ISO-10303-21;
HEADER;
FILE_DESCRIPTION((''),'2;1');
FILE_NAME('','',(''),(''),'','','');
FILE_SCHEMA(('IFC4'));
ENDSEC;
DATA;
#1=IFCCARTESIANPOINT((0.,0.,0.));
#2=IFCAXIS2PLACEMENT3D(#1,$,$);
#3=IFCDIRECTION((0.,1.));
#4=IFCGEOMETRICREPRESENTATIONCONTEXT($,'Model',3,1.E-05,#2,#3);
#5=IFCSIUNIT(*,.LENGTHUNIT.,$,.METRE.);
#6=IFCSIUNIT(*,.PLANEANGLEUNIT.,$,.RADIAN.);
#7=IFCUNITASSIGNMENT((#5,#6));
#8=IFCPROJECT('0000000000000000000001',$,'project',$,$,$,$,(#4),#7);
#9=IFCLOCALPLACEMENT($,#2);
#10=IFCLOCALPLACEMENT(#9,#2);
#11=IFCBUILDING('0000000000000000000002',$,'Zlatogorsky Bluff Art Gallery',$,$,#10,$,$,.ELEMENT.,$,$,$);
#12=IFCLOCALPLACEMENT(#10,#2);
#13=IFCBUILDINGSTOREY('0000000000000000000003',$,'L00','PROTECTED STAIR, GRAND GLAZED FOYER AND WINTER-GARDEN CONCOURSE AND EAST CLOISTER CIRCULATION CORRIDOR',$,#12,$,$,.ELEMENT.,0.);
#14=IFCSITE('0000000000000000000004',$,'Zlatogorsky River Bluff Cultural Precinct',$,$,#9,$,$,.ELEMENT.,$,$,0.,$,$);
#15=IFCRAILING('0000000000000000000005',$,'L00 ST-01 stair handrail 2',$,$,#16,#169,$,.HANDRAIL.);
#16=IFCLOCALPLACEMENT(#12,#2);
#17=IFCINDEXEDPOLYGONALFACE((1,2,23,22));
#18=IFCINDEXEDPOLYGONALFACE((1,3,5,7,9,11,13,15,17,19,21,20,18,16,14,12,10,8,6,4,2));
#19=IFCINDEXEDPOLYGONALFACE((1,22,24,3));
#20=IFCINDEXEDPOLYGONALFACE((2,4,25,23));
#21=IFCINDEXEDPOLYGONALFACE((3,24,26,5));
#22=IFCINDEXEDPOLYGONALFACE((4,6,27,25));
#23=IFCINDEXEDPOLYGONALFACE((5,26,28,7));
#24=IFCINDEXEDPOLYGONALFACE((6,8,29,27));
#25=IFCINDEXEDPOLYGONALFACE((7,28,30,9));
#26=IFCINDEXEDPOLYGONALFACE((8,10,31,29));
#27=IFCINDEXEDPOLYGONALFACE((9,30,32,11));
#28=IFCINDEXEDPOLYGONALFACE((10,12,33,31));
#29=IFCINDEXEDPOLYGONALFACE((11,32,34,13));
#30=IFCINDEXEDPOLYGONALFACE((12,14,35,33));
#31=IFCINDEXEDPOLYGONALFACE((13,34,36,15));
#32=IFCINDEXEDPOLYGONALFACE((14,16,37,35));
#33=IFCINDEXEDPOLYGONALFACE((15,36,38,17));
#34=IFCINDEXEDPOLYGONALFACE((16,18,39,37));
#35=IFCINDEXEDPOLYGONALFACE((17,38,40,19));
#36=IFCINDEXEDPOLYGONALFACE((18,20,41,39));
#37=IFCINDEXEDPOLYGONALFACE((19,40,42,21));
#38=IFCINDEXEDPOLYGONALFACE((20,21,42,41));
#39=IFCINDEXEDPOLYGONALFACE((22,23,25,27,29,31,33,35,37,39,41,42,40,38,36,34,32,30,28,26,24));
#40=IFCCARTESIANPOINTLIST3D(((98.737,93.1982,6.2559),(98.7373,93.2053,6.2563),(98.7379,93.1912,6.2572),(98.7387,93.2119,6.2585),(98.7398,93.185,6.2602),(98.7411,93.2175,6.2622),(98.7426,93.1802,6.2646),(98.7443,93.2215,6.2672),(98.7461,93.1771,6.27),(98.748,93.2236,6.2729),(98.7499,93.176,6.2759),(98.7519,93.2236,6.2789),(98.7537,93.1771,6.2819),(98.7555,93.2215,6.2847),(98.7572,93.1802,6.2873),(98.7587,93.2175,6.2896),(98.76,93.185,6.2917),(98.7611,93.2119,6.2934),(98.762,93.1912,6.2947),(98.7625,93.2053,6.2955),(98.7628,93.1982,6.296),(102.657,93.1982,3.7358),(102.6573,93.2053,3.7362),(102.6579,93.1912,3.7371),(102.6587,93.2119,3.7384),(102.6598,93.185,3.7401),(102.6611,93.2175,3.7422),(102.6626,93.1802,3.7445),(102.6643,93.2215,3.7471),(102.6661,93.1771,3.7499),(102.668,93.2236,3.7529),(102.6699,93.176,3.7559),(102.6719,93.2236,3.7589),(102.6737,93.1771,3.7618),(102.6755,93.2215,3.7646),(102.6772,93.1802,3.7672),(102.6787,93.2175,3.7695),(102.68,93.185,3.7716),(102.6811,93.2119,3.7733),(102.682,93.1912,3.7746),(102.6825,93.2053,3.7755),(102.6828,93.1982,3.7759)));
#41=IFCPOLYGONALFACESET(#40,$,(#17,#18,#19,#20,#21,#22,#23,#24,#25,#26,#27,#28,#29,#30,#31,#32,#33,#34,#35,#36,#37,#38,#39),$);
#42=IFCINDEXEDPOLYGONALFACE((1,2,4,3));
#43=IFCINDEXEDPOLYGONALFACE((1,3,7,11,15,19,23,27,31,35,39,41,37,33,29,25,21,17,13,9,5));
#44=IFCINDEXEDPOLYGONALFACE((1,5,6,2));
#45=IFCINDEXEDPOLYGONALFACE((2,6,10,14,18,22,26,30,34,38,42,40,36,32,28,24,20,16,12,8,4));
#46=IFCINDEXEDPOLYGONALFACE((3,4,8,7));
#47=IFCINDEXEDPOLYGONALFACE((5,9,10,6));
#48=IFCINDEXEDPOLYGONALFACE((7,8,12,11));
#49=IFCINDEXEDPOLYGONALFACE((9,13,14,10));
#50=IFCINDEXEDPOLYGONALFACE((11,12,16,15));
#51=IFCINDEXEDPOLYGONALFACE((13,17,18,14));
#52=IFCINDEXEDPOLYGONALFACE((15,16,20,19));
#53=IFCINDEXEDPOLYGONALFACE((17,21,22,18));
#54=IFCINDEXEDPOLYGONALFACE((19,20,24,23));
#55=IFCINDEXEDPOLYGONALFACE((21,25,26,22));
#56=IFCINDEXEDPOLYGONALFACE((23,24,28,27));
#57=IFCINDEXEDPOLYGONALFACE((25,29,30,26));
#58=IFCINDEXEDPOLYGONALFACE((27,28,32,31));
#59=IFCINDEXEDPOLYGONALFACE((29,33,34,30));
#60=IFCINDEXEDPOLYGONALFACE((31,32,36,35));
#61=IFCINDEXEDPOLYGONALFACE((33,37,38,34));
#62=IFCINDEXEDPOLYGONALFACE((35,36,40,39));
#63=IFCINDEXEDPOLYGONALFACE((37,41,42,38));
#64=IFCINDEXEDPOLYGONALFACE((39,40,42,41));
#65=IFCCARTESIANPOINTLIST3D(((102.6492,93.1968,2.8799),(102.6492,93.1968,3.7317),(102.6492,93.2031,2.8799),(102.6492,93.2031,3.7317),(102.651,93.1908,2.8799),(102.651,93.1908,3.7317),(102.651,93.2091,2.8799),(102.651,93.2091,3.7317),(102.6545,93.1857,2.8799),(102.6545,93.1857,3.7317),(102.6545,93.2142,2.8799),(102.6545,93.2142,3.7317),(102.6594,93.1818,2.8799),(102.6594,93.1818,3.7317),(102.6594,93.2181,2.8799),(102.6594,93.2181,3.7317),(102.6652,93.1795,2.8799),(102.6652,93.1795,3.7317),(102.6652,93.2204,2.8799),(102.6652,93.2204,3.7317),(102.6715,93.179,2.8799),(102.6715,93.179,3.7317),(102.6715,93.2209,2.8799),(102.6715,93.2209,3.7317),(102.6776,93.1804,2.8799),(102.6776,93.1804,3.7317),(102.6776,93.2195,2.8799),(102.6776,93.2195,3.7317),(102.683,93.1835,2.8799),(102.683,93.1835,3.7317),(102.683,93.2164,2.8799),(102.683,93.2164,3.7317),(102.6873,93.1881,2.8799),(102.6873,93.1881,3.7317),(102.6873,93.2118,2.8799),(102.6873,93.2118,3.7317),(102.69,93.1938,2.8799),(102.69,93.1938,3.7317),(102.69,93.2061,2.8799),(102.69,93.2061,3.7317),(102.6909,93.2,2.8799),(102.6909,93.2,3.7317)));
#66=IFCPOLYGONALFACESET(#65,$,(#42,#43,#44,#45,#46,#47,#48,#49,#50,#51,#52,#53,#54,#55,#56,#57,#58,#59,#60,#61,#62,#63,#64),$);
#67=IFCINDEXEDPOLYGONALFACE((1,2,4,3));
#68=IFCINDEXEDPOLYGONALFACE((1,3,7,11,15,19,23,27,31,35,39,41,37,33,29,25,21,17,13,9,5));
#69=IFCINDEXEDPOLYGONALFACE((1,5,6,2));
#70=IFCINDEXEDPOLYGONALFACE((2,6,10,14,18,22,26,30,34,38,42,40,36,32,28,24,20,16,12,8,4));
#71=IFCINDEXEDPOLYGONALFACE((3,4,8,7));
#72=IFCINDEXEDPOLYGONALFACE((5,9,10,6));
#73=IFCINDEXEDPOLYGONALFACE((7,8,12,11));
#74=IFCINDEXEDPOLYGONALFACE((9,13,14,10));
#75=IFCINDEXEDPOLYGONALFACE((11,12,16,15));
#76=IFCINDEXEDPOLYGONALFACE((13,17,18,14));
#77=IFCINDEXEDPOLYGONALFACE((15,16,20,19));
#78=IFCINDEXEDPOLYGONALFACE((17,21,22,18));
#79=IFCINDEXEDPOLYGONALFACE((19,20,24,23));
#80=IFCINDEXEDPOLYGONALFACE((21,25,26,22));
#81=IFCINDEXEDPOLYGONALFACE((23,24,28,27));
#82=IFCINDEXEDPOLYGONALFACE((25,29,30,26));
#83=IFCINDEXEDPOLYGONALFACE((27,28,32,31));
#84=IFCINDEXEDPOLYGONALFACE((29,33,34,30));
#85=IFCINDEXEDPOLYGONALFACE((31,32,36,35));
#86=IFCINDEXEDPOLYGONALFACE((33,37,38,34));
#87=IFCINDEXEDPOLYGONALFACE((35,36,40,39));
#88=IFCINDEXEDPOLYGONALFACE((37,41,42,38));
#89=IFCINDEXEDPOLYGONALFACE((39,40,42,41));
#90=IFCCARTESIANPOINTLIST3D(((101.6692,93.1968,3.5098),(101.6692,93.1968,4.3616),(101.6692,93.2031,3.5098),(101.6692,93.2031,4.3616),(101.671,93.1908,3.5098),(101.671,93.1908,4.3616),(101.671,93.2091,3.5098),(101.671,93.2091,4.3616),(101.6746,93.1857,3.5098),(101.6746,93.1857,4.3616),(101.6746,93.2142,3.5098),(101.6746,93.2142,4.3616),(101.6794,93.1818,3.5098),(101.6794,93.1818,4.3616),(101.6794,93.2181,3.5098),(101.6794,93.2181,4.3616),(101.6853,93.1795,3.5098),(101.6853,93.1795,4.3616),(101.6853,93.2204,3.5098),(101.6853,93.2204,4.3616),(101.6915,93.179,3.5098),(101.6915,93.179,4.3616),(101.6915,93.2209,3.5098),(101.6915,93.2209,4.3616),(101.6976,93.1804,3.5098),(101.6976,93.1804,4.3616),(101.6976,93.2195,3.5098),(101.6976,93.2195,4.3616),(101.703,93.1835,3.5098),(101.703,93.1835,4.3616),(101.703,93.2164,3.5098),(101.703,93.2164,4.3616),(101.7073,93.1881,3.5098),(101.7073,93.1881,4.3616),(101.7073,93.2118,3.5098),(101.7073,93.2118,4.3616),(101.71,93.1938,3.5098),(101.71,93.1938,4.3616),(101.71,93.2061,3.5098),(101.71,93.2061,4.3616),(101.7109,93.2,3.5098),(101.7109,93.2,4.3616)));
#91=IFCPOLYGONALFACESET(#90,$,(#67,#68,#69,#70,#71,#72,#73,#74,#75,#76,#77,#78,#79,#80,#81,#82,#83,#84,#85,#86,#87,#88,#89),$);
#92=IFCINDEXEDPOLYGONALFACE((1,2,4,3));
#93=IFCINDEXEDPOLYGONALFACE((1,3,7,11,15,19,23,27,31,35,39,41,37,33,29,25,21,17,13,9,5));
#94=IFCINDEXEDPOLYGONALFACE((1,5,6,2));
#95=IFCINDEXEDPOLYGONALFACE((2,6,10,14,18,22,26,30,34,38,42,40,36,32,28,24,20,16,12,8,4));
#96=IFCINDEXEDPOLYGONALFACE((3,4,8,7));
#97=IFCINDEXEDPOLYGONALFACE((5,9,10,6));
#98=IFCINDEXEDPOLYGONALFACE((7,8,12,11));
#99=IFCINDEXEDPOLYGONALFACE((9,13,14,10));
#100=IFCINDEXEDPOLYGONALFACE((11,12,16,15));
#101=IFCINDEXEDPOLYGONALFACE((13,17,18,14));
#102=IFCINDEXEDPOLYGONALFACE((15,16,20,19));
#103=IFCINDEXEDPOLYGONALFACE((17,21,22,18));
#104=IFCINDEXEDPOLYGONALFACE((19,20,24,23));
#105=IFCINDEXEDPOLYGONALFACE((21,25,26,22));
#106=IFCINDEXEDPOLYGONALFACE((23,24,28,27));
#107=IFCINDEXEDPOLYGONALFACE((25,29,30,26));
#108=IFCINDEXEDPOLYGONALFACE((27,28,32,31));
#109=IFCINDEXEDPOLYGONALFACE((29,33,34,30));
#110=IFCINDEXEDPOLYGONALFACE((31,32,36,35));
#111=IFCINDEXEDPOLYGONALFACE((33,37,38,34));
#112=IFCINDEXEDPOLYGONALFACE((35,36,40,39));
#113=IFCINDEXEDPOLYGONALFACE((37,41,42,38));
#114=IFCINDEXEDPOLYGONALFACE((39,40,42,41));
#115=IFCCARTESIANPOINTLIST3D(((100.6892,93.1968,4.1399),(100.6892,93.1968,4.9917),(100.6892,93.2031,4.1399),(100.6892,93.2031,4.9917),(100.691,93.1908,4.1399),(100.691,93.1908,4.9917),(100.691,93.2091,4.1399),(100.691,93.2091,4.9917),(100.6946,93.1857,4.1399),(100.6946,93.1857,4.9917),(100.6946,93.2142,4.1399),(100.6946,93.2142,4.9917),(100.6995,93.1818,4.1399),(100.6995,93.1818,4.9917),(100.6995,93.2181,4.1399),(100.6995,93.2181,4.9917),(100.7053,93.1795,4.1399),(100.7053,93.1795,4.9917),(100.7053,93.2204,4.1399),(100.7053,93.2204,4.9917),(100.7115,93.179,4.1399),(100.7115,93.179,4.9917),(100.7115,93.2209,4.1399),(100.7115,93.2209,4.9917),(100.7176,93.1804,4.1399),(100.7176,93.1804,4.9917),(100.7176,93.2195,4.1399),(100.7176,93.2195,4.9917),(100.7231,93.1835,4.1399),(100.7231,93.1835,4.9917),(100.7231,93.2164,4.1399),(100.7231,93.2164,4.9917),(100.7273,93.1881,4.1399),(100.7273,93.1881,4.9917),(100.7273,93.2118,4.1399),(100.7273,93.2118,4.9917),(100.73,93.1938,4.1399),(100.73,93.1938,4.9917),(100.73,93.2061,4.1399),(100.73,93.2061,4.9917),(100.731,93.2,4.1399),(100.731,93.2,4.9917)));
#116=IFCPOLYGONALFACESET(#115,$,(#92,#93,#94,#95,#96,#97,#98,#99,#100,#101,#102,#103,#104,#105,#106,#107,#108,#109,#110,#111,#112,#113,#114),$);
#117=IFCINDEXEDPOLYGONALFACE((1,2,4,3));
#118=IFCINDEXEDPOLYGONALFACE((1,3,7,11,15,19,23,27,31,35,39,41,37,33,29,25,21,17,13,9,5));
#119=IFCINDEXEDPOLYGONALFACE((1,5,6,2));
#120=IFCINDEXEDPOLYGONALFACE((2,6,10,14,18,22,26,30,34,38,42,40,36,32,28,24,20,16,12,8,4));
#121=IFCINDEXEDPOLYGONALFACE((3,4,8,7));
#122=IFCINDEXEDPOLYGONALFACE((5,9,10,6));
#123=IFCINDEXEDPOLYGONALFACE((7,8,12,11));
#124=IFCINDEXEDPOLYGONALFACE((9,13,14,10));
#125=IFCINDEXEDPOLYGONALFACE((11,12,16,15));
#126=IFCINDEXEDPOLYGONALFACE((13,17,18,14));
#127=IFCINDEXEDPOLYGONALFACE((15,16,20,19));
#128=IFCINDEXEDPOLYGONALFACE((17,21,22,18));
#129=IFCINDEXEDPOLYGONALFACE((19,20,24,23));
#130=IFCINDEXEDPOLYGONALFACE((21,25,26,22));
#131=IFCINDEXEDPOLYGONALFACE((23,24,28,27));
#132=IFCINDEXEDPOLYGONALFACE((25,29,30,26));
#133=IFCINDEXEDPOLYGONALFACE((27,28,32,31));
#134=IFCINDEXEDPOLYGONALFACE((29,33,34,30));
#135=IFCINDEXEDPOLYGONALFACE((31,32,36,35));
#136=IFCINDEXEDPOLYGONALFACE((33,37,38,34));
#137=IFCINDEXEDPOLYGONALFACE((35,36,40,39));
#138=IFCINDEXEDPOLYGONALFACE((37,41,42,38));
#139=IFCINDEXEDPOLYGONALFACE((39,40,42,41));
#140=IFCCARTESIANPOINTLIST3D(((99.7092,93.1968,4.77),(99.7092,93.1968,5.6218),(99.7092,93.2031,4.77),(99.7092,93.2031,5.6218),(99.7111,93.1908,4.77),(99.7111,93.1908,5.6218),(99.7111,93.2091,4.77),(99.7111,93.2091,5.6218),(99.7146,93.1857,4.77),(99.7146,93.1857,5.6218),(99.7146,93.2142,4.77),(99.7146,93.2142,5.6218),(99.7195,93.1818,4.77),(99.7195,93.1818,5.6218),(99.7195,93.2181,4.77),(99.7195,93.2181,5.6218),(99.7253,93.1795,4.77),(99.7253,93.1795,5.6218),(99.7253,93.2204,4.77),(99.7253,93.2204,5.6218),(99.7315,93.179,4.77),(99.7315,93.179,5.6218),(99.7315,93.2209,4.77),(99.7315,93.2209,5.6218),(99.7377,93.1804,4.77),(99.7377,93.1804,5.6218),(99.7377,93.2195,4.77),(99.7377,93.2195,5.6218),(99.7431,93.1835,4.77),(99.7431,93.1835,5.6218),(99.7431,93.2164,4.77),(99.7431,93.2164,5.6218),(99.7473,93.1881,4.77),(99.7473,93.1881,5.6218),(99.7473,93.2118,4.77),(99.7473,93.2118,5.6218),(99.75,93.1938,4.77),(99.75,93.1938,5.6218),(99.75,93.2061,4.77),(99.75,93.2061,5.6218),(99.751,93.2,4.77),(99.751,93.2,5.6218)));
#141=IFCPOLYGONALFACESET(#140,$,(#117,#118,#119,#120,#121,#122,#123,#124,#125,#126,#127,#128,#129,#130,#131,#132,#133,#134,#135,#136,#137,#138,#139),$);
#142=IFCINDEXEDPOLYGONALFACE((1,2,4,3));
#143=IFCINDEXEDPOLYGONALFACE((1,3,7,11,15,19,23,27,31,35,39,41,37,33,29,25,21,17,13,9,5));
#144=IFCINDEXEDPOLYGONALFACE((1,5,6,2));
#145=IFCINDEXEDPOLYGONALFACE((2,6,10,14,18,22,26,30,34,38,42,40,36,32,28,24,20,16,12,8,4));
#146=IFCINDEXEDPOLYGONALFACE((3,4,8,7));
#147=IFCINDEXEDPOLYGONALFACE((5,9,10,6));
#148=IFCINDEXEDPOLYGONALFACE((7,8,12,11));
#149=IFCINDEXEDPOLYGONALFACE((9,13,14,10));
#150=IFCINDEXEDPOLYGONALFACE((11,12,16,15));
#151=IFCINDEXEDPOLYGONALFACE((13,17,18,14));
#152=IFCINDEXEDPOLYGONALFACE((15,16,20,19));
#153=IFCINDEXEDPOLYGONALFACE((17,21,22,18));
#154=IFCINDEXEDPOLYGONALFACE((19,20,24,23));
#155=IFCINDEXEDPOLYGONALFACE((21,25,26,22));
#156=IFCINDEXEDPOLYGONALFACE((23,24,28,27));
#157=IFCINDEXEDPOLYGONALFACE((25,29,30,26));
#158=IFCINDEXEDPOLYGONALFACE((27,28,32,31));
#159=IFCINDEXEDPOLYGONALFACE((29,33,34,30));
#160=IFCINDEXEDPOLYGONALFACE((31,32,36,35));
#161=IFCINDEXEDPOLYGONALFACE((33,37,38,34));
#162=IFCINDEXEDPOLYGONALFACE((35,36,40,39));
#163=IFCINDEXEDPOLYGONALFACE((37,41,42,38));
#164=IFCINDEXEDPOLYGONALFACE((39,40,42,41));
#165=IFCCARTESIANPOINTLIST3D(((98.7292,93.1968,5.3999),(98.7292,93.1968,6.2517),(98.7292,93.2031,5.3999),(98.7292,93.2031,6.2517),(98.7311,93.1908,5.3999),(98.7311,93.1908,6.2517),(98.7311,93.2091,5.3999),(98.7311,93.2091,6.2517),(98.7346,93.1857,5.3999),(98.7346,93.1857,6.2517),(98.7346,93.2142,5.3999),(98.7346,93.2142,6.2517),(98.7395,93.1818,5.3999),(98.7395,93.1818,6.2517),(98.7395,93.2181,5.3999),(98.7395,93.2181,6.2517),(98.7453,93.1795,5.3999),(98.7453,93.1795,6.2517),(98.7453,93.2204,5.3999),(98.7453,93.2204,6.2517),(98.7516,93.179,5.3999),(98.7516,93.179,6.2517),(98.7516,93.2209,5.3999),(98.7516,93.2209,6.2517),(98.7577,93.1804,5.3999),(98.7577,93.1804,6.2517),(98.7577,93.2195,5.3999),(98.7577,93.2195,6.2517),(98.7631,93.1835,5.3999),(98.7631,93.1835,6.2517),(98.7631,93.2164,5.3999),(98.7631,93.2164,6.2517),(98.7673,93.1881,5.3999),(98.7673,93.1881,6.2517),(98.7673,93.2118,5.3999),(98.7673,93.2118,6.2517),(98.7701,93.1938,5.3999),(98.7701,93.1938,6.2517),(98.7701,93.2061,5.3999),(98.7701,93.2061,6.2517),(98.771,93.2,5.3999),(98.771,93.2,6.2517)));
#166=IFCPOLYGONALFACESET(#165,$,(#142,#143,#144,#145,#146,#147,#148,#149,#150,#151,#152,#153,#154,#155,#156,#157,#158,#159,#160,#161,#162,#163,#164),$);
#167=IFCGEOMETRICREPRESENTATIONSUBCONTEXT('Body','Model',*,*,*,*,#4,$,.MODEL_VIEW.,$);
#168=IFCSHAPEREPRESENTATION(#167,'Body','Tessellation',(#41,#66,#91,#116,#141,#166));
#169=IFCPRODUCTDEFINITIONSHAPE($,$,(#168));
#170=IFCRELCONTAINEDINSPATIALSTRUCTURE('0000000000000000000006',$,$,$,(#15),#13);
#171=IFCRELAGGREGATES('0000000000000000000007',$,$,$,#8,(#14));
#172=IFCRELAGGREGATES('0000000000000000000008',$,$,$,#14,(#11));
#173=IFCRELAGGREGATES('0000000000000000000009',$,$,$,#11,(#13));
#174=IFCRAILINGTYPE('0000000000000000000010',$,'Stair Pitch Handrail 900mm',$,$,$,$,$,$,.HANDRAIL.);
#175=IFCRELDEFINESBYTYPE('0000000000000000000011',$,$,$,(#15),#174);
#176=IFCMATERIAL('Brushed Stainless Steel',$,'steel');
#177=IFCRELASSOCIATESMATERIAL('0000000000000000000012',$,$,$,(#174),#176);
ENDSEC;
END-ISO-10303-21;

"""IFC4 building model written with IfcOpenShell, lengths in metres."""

from ifc_helpers import new_model, si_unit, direction, frame, origin, origin_2d, place, context, subcontext, project, spatial, circle, extrude, material, type_object, element, save


model = new_model("IFC4")

# Units and contexts
model_context = context("Model", 3, precision=1e-05, world=origin(), true_north=direction((0.0, 1.0)))
body_context = subcontext(model_context, "Body", "Model", "MODEL_VIEW")
ifc_project = project(units=[si_unit("LENGTHUNIT", "METRE"), si_unit("PLANEANGLEUNIT", "RADIAN")], contexts=[model_context])

# Site, building, storey
site_placement = place(None, origin())
site = spatial("IfcSite", under=ifc_project, at=site_placement, Name="Zlatogorsky River Bluff Cultural Precinct", CompositionType="ELEMENT", RefElevation=0.0)
building_placement = place(site_placement, origin())
building = spatial("IfcBuilding", under=site, at=building_placement, Name="Zlatogorsky Bluff Art Gallery", CompositionType="ELEMENT")
storey_placement = place(building_placement, origin())
storey = spatial("IfcBuildingStorey", under=building, at=storey_placement, Name="L00", Description="PROTECTED STAIR, GRAND GLAZED FOYER AND WINTER-GARDEN CONCOURSE AND EAST CLOISTER CIRCULATION CORRIDOR", CompositionType="ELEMENT", Elevation=0.0)

# Railing
ifc_material_1 = material(Name="Brushed Stainless Steel", Category="steel")
railing_type_1 = type_object("IfcRailingType", Name="Stair Pitch Handrail 900mm", PredefinedType="HANDRAIL", material=ifc_material_1)
railing_1_placement = place(storey_placement, frame((102.6699, 93.2, 2.8799)))
element("IfcRailing", 1, at=railing_1_placement, inside=storey, type_object=railing_type_1, Name="L00 ST-01 stair handrail 2", PredefinedType="HANDRAIL", context=body_context, shape_type="SweptSolid", body=[
    extrude(circle(Radius=0.0239, at=origin_2d()), frame((0.0, 0.0, 0.876), z_axis=(-0.841172, 0.0, 0.540768), x_axis=(0.0, -1.0, 0.0)), (0.0, 0.0, 1.0), 4.6602),
    extrude(circle(Radius=0.021, at=origin_2d()), origin(), (0.0, 0.0, 1.0), 0.8518),
    extrude(circle(Radius=0.021, at=origin_2d()), frame((-0.98, 0.0, 0.6299)), (0.0, 0.0, 1.0), 0.8518),
    extrude(circle(Radius=0.021, at=origin_2d()), frame((-1.96, 0.0, 1.26)), (0.0, 0.0, 1.0), 0.8518),
    extrude(circle(Radius=0.021, at=origin_2d()), frame((-2.9399, 0.0, 1.8901)), (0.0, 0.0, 1.0), 0.8518),
    extrude(circle(Radius=0.021, at=origin_2d()), frame((-3.9199, 0.0, 2.52)), (0.0, 0.0, 1.0), 0.8518),
])

save(model, "model.ifc")
